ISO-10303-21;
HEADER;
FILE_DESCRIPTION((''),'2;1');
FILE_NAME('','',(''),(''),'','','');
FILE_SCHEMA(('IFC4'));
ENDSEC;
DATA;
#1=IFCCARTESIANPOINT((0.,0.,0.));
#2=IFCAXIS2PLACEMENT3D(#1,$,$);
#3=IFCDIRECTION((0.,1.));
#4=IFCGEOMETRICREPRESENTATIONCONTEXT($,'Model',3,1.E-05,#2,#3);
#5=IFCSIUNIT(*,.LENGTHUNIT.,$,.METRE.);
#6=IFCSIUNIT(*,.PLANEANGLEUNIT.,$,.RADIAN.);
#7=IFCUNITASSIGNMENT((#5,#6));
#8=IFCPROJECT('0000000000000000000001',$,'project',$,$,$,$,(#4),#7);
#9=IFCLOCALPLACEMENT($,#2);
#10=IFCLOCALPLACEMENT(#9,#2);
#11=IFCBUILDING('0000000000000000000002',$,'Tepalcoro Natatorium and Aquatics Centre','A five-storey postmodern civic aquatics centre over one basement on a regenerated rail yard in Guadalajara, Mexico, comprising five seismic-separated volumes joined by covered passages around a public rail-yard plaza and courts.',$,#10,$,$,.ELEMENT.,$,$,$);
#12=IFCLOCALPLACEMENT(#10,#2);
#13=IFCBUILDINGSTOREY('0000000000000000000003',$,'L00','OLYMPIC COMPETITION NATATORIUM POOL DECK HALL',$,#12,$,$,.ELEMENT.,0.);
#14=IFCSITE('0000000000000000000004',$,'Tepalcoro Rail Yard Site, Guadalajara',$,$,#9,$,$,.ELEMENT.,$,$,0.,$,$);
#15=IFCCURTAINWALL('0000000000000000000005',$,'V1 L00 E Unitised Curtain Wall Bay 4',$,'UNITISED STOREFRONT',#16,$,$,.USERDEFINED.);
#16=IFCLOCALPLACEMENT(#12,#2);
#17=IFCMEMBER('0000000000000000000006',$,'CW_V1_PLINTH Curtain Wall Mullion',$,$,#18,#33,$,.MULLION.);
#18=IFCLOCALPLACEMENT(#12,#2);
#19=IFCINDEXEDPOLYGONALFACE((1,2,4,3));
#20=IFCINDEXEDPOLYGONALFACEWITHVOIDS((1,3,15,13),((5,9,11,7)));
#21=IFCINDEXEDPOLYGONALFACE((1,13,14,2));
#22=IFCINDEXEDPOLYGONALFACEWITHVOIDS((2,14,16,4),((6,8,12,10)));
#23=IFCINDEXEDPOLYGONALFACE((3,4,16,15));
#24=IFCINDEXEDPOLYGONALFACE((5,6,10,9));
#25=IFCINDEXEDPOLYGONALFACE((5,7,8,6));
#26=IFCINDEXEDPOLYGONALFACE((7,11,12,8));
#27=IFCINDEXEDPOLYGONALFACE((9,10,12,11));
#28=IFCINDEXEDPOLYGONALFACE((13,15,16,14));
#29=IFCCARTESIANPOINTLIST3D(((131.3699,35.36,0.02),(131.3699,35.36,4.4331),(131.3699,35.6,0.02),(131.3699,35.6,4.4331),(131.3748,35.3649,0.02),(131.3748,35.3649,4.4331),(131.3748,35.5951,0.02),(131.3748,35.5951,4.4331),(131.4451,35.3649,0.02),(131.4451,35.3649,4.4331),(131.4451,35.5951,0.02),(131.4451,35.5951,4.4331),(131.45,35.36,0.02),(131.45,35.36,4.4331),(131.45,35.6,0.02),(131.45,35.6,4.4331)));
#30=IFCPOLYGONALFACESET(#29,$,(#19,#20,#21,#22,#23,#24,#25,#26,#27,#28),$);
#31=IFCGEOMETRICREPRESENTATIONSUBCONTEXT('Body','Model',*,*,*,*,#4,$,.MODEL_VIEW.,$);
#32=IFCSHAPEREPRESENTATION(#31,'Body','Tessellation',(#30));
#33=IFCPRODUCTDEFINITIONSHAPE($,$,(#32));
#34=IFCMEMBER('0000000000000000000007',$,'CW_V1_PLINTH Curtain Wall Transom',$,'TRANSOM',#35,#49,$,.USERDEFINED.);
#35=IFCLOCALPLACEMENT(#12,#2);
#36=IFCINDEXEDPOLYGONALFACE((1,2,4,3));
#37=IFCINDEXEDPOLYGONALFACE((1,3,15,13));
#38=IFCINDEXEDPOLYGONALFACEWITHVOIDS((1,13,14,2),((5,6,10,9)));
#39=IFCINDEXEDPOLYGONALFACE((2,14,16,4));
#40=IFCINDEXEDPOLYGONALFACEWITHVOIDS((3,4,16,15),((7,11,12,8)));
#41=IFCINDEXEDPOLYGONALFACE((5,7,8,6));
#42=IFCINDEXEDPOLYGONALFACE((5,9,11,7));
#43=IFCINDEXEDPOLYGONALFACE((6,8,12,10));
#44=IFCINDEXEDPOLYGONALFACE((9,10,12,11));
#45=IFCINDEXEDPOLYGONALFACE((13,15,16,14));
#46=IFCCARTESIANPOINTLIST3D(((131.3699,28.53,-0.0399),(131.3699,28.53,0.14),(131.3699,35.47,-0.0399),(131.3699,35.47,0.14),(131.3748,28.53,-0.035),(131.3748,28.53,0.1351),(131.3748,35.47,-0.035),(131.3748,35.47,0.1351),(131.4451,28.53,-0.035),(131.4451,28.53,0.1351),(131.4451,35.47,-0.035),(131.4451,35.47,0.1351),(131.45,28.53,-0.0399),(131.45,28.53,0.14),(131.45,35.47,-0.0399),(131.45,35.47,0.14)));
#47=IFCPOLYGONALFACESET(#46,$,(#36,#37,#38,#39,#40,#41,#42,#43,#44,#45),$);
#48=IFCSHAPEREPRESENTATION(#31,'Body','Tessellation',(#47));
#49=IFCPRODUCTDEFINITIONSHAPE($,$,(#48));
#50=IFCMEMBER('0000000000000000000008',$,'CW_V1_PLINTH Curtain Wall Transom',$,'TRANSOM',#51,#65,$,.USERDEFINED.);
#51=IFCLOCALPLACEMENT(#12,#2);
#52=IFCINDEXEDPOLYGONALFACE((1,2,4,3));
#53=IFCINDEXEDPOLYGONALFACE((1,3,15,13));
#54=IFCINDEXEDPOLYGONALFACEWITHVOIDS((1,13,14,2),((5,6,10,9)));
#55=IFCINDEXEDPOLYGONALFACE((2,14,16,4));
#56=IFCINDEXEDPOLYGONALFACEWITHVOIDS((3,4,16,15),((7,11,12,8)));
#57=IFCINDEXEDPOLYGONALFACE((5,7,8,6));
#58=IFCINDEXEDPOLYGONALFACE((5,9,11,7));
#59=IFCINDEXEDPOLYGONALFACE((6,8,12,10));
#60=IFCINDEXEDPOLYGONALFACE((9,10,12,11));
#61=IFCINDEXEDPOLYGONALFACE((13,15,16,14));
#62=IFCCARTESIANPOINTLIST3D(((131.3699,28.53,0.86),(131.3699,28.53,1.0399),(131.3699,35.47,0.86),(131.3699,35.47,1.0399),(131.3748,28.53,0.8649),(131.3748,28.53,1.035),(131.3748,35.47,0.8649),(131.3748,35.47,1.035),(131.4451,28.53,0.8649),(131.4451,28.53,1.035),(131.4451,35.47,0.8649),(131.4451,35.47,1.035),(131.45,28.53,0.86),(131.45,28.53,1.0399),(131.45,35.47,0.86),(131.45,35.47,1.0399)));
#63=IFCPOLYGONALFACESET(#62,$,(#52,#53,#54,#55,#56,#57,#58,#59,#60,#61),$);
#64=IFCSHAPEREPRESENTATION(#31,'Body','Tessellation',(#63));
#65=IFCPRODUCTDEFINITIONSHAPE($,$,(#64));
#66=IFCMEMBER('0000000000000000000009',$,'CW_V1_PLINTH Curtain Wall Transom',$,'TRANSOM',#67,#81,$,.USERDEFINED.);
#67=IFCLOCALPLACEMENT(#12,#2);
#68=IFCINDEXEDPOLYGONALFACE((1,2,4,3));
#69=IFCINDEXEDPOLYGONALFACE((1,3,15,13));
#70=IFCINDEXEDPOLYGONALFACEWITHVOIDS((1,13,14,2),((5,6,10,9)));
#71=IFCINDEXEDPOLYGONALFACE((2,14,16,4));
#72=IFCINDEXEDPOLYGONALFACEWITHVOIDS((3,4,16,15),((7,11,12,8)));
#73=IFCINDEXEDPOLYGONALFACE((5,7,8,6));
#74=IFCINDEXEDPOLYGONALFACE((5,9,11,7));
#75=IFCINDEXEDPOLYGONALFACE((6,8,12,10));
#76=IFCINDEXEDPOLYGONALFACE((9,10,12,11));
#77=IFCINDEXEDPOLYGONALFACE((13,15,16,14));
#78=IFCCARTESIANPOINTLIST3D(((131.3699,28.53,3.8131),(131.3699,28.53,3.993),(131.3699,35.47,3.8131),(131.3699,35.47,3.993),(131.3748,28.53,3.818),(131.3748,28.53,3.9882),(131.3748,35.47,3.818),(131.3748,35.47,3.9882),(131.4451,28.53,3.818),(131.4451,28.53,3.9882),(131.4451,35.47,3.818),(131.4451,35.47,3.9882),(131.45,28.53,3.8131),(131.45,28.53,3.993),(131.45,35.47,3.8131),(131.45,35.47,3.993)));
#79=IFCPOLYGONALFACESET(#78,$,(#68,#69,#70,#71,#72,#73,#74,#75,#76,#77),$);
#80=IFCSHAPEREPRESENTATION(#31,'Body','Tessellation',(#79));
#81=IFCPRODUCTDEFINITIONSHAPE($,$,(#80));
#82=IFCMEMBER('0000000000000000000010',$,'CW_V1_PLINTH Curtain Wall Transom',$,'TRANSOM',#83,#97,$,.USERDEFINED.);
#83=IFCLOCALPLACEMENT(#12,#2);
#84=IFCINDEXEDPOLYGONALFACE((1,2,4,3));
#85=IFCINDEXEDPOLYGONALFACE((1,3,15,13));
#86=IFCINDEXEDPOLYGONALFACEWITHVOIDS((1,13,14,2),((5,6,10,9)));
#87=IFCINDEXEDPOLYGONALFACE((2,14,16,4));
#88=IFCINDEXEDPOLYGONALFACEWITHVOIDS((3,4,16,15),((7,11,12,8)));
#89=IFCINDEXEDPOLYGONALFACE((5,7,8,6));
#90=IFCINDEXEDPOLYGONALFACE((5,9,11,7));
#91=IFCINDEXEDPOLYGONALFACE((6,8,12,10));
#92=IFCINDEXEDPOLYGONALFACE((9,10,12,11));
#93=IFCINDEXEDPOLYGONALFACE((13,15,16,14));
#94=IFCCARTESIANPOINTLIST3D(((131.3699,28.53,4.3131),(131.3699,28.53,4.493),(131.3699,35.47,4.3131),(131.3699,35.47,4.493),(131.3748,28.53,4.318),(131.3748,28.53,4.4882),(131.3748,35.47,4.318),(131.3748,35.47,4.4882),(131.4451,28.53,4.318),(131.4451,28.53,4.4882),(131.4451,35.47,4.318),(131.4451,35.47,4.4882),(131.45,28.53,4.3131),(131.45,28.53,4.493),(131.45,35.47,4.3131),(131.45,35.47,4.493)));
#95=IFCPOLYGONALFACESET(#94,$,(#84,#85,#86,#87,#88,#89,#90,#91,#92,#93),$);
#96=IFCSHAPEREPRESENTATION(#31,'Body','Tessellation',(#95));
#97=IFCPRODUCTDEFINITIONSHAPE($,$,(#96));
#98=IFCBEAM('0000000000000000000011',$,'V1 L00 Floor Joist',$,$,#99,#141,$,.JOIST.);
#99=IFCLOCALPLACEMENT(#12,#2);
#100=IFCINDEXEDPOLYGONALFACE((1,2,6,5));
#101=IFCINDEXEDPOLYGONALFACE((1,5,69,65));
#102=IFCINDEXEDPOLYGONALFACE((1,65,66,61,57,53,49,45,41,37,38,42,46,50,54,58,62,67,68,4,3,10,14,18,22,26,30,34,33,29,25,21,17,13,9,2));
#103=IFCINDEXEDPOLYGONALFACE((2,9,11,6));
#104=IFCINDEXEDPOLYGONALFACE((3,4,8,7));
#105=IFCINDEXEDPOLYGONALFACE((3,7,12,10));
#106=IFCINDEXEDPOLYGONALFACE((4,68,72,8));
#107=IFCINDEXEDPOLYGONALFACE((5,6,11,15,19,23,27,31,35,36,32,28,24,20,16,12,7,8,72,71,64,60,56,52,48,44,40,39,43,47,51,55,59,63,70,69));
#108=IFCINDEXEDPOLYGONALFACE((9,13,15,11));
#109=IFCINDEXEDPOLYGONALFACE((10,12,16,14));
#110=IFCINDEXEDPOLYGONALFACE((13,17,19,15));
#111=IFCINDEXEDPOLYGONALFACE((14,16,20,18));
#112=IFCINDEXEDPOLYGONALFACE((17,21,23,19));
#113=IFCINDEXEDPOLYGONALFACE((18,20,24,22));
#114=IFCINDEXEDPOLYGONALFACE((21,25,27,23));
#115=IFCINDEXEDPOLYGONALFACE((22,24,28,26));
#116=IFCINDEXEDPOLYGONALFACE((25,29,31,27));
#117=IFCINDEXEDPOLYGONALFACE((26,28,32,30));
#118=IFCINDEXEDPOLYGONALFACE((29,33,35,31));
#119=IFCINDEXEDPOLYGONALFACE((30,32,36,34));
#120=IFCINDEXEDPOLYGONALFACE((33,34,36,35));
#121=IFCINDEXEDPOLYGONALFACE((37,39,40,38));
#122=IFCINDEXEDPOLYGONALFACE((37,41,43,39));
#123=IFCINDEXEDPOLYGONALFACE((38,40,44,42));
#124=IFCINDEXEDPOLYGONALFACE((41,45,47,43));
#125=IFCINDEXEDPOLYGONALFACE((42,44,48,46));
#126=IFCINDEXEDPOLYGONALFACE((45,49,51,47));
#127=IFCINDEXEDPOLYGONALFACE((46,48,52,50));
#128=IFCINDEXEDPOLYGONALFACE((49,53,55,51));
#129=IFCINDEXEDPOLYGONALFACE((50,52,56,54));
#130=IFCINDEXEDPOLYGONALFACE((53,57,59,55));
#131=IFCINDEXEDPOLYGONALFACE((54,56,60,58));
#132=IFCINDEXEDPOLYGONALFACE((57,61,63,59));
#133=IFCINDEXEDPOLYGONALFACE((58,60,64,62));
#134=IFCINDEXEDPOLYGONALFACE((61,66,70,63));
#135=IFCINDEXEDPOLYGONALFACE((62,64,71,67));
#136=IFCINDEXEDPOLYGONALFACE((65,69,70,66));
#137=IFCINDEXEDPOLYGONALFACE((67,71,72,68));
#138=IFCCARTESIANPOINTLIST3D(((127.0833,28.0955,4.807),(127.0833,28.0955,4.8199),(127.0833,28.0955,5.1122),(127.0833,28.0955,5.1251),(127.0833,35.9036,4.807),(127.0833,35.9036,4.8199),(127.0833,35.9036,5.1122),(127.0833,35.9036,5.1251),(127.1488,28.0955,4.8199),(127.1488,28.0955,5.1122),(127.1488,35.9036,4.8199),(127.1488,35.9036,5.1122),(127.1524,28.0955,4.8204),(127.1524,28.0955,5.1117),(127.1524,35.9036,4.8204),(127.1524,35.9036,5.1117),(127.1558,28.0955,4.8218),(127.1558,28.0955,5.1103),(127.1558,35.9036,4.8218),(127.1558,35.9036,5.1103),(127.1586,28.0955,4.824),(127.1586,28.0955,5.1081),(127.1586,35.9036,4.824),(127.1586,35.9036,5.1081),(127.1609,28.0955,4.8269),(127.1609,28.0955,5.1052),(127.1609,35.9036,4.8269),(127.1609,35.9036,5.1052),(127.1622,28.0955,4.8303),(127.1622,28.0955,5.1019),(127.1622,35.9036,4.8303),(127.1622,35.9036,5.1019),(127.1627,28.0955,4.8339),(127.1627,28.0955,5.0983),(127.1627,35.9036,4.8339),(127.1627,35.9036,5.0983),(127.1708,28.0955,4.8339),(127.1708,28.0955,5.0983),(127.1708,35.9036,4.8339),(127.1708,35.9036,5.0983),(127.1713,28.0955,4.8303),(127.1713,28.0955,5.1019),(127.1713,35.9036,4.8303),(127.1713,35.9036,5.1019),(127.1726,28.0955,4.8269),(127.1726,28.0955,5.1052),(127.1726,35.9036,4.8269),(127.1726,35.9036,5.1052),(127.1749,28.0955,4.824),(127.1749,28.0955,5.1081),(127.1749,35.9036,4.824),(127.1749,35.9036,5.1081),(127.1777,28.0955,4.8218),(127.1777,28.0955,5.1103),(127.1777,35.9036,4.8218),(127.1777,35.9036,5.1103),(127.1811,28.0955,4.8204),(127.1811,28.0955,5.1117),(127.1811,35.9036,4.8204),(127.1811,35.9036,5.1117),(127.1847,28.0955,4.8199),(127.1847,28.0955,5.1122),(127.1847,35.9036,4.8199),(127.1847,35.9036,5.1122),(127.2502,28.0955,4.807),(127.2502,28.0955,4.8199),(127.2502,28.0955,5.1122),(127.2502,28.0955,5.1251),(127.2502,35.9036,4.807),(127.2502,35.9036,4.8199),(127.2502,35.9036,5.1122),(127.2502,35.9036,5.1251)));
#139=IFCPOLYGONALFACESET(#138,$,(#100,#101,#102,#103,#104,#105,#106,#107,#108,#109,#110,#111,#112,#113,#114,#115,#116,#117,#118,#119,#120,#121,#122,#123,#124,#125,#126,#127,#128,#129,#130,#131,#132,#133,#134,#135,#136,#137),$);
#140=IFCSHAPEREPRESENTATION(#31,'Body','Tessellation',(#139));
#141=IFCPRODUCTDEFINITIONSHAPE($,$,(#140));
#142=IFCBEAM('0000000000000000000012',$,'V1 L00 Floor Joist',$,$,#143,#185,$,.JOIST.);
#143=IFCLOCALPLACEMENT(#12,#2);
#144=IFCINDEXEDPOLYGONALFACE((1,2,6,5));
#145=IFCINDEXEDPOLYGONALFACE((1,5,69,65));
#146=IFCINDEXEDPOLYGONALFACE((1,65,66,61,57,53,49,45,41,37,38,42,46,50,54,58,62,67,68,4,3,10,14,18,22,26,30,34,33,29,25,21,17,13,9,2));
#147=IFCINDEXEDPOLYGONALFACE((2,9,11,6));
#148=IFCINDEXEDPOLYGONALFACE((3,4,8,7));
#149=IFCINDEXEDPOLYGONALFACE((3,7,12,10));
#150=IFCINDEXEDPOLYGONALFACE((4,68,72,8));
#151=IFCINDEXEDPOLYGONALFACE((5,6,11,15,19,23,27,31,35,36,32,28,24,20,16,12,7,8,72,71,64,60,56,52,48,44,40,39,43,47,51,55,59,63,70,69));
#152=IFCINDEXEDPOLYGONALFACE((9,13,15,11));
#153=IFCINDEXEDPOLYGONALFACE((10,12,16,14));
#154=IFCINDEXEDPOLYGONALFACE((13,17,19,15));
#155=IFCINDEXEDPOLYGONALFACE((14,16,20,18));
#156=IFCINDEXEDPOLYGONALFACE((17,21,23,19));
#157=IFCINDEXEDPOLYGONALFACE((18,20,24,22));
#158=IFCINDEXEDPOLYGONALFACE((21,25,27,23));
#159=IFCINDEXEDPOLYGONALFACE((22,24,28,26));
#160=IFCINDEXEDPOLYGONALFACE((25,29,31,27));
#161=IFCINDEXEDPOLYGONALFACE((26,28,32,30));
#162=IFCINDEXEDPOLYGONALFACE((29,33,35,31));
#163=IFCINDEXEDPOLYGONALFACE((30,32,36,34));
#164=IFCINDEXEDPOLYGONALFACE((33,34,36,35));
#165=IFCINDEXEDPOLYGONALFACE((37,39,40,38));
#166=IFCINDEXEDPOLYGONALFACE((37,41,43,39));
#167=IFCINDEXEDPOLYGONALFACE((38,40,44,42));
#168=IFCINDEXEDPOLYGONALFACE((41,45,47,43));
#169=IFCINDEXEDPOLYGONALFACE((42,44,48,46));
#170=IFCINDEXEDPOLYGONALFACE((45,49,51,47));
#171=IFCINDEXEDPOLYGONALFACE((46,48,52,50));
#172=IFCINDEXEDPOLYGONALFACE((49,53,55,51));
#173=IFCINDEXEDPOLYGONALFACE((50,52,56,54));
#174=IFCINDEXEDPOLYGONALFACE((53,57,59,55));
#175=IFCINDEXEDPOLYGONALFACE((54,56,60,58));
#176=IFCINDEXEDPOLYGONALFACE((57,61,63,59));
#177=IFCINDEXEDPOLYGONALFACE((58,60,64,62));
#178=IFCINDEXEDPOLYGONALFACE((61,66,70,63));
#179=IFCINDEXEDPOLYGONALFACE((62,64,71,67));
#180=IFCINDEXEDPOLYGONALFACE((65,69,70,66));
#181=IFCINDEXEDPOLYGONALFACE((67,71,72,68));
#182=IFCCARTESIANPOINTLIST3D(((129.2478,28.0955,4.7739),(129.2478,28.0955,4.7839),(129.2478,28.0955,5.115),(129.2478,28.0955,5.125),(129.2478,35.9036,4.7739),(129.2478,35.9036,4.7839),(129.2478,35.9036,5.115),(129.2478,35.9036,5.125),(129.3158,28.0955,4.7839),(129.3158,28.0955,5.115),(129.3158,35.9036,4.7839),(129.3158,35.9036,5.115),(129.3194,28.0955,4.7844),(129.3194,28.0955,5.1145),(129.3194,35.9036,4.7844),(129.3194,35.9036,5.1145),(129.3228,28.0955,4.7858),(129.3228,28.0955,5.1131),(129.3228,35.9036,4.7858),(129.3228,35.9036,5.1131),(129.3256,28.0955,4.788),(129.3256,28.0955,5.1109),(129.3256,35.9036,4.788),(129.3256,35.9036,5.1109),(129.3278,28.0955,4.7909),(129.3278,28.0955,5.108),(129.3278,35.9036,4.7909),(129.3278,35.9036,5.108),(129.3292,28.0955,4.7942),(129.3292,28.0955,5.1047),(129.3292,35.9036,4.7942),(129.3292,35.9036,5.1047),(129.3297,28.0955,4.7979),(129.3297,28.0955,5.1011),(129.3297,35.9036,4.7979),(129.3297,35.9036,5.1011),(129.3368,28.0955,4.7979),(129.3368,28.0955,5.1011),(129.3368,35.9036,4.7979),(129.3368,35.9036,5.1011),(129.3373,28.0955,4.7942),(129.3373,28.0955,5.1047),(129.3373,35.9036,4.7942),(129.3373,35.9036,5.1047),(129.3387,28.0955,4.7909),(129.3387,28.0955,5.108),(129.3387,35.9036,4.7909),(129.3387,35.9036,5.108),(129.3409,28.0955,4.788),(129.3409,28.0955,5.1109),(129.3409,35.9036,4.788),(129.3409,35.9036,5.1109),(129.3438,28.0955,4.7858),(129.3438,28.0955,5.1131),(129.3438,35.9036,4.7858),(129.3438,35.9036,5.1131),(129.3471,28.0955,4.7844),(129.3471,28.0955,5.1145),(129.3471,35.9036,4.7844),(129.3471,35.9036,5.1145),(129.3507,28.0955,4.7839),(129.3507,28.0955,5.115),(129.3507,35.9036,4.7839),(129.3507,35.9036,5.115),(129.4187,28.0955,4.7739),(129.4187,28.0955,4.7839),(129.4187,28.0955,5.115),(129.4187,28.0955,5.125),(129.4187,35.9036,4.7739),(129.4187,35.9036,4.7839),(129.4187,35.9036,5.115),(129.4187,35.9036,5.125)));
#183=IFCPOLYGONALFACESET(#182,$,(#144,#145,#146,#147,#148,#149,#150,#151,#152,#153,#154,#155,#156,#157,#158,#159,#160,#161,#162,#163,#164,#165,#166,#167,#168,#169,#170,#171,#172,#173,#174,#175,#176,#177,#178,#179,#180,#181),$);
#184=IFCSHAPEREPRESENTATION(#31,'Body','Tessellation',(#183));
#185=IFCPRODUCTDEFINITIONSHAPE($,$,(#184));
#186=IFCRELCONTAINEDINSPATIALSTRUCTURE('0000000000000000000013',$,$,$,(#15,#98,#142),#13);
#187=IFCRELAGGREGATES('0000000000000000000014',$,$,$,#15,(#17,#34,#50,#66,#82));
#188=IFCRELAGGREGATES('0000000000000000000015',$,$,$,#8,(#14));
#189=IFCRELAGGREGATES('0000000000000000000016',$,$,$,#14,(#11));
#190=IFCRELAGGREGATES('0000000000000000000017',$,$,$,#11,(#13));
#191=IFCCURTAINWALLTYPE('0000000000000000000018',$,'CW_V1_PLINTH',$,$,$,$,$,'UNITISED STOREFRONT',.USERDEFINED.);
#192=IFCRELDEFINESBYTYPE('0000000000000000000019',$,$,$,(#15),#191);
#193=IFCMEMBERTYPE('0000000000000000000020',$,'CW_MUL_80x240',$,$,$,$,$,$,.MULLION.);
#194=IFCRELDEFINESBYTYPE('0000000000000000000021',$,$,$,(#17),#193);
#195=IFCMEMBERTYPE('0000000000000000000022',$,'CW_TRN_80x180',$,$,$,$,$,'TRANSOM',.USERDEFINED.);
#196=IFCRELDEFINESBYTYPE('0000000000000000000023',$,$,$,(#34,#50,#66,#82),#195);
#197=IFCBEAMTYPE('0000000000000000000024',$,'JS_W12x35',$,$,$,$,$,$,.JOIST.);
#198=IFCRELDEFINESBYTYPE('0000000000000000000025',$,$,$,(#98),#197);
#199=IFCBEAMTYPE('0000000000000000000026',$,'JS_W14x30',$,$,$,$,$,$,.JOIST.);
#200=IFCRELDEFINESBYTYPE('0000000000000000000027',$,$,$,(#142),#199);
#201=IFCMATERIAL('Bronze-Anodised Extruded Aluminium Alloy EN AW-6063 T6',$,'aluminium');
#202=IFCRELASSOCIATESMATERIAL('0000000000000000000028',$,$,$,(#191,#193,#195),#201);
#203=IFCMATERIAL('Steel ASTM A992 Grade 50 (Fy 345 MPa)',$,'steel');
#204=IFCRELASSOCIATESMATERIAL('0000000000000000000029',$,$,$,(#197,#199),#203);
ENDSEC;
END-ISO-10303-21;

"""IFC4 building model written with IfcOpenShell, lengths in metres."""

from ifc_helpers import new_model, si_unit, direction, frame, origin, origin_2d, place, context, subcontext, project, spatial, hollow_rectangle, i_section, extrude, material, material_profile, profile_set, type_object, element, aggregate, save


model = new_model("IFC4")

# Units and contexts
model_context = context("Model", 3, precision=1e-05, world=origin(), true_north=direction((0.0, 1.0)))
body_context = subcontext(model_context, "Body", "Model", "MODEL_VIEW")
ifc_project = project(units=[si_unit("LENGTHUNIT", "METRE"), si_unit("PLANEANGLEUNIT", "RADIAN")], contexts=[model_context])

# Site, building, storey
site_placement = place(None, origin())
site = spatial("IfcSite", under=ifc_project, at=site_placement, Name="Tepalcoro Rail Yard Site, Guadalajara", CompositionType="ELEMENT", RefElevation=0.0)
building_placement = place(site_placement, origin())
building = spatial("IfcBuilding", under=site, at=building_placement, Name="Tepalcoro Natatorium and Aquatics Centre", Description="A five-storey postmodern civic aquatics centre over one basement on a regenerated rail yard in Guadalajara, Mexico, comprising five seismic-separated volumes joined by covered passages around a public rail-yard plaza and courts.", CompositionType="ELEMENT")
storey_placement = place(building_placement, origin())
storey = spatial("IfcBuildingStorey", under=building, at=storey_placement, Name="L00", Description="OLYMPIC COMPETITION NATATORIUM POOL DECK HALL", CompositionType="ELEMENT", Elevation=0.0)

# Shared definitions
ifc_material_1 = material(Name="Steel ASTM A992 Grade 50 (Fy 345 MPa)", Category="steel")

# Shared definitions
ifc_material_2 = material(Name="Bronze-Anodised Extruded Aluminium Alloy EN AW-6063 T6", Category="aluminium")

# Curtain wall, members
curtain_wall_type_1 = type_object("IfcCurtainWallType", Name="CW_V1_PLINTH", ElementType="UNITISED STOREFRONT", PredefinedType="USERDEFINED", material=ifc_material_2)
curtain_wall_1_placement = place(storey_placement, origin())
curtain_wall_1 = element("IfcCurtainWall", 1, at=curtain_wall_1_placement, inside=storey, type_object=curtain_wall_type_1, Name="V1 L00 E Unitised Curtain Wall Bay 4", ObjectType="UNITISED STOREFRONT", PredefinedType="USERDEFINED")
ifc_material_profile_1 = material_profile(ifc_material_2, hollow_rectangle(XDim=0.0801, YDim=0.24, WallThickness=0.0049, at=origin_2d()), Name="AL80X240X5")
ifc_profile_set_1 = profile_set([ifc_material_profile_1], Name="Bronze-Anodised Extruded Aluminium Alloy EN AW-6063 T6")
member_type_1 = type_object("IfcMemberType", Name="CW_MUL_80x240", PredefinedType="MULLION", material=ifc_profile_set_1)
member_1_placement = place(storey_placement, frame((131.4099, 35.48, 0.02), z_axis=(0.0, 0.0, 1.0), x_axis=(1.0, 0.0, 0.0)))
member_1 = element("IfcMember", 2, at=member_1_placement, type_object=member_type_1, Name="CW_V1_PLINTH Curtain Wall Mullion", PredefinedType="MULLION", context=body_context, shape_type="SweptSolid", body=[
    extrude(hollow_rectangle(XDim=0.0801, YDim=0.24, WallThickness=0.0049, at=origin_2d()), origin(), (0.0, 0.0, 1.0), 4.4131),
])
ifc_material_profile_2 = material_profile(ifc_material_2, hollow_rectangle(XDim=0.0801, YDim=0.1799, WallThickness=0.0049, at=origin_2d()), Name="AL80X180X5")
ifc_profile_set_2 = profile_set([ifc_material_profile_2], Name="Bronze-Anodised Extruded Aluminium Alloy EN AW-6063 T6")
member_type_2 = type_object("IfcMemberType", Name="CW_TRN_80x180", ElementType="TRANSOM", PredefinedType="USERDEFINED", material=ifc_profile_set_2)
member_2_placement = place(storey_placement, frame((131.4099, 28.53, 0.05), z_axis=(0.0, 1.0, 0.0), x_axis=(-1.0, 0.0, 0.0)))
member_2 = element("IfcMember", 3, at=member_2_placement, type_object=member_type_2, Name="CW_V1_PLINTH Curtain Wall Transom", ObjectType="TRANSOM", PredefinedType="USERDEFINED", context=body_context, shape_type="SweptSolid", body=[
    extrude(hollow_rectangle(XDim=0.0801, YDim=0.1799, WallThickness=0.0049, at=origin_2d()), origin(), (0.0, 0.0, 1.0), 6.9399),
])
member_3_placement = place(storey_placement, frame((131.4099, 28.53, 0.95), z_axis=(0.0, 1.0, 0.0), x_axis=(-1.0, 0.0, 0.0)))
member_3 = element("IfcMember", 4, at=member_3_placement, type_object=member_type_2, Name="CW_V1_PLINTH Curtain Wall Transom", ObjectType="TRANSOM", PredefinedType="USERDEFINED", context=body_context, shape_type="SweptSolid", body=[
    extrude(hollow_rectangle(XDim=0.0801, YDim=0.1799, WallThickness=0.0049, at=origin_2d()), origin(), (0.0, 0.0, 1.0), 6.9399),
])
member_4_placement = place(storey_placement, frame((131.4099, 28.53, 3.9031), z_axis=(0.0, 1.0, 0.0), x_axis=(-1.0, 0.0, 0.0)))
member_4 = element("IfcMember", 5, at=member_4_placement, type_object=member_type_2, Name="CW_V1_PLINTH Curtain Wall Transom", ObjectType="TRANSOM", PredefinedType="USERDEFINED", context=body_context, shape_type="SweptSolid", body=[
    extrude(hollow_rectangle(XDim=0.0801, YDim=0.1799, WallThickness=0.0049, at=origin_2d()), origin(), (0.0, 0.0, 1.0), 6.9399),
])
member_5_placement = place(storey_placement, frame((131.4099, 28.53, 4.4031), z_axis=(0.0, 1.0, 0.0), x_axis=(-1.0, 0.0, 0.0)))
member_5 = element("IfcMember", 6, at=member_5_placement, type_object=member_type_2, Name="CW_V1_PLINTH Curtain Wall Transom", ObjectType="TRANSOM", PredefinedType="USERDEFINED", context=body_context, shape_type="SweptSolid", body=[
    extrude(hollow_rectangle(XDim=0.0801, YDim=0.1799, WallThickness=0.0049, at=origin_2d()), origin(), (0.0, 0.0, 1.0), 6.9399),
])

# Beams
ifc_material_profile_3 = material_profile(ifc_material_1, i_section(OverallWidth=0.167, OverallDepth=0.3181, WebThickness=0.0081, FlangeThickness=0.0129, FilletRadius=0.0139, at=origin_2d()), Name="W12X35")
ifc_profile_set_3 = profile_set([ifc_material_profile_3], Name="Steel ASTM A992 Grade 50 (Fy 345 MPa)")
beam_type_1 = type_object("IfcBeamType", Name="JS_W12x35", PredefinedType="JOIST", material=ifc_profile_set_3)
beam_1_placement = place(storey_placement, frame((127.1667, 28.0955, 4.9661), z_axis=(0.0, 1.0, 0.0), x_axis=(-1.0, 0.0, 0.0)))
element("IfcBeam", 7, at=beam_1_placement, inside=storey, type_object=beam_type_1, Name="V1 L00 Floor Joist", PredefinedType="JOIST", context=body_context, shape_type="SweptSolid", body=[
    extrude(i_section(OverallWidth=0.167, OverallDepth=0.3181, WebThickness=0.0081, FlangeThickness=0.0129, FilletRadius=0.0139, at=origin_2d()), origin(), (0.0, 0.0, 1.0), 7.8081),
])
ifc_material_profile_4 = material_profile(ifc_material_1, i_section(OverallWidth=0.1709, OverallDepth=0.3511, WebThickness=0.0071, FlangeThickness=0.01, FilletRadius=0.0139, at=origin_2d()), Name="W14X30")
ifc_profile_set_4 = profile_set([ifc_material_profile_4], Name="Steel ASTM A992 Grade 50 (Fy 345 MPa)")
beam_type_2 = type_object("IfcBeamType", Name="JS_W14x30", PredefinedType="JOIST", material=ifc_profile_set_4)
beam_2_placement = place(storey_placement, frame((129.3333, 28.0955, 4.9495), z_axis=(0.0, 1.0, 0.0), x_axis=(-1.0, 0.0, 0.0)))
element("IfcBeam", 8, at=beam_2_placement, inside=storey, type_object=beam_type_2, Name="V1 L00 Floor Joist", PredefinedType="JOIST", context=body_context, shape_type="SweptSolid", body=[
    extrude(i_section(OverallWidth=0.1709, OverallDepth=0.3511, WebThickness=0.0071, FlangeThickness=0.01, FilletRadius=0.0139, at=origin_2d()), origin(), (0.0, 0.0, 1.0), 7.8081),
])

aggregate(curtain_wall_1, [member_1, member_2, member_3, member_4, member_5])

save(model, "model.ifc")
